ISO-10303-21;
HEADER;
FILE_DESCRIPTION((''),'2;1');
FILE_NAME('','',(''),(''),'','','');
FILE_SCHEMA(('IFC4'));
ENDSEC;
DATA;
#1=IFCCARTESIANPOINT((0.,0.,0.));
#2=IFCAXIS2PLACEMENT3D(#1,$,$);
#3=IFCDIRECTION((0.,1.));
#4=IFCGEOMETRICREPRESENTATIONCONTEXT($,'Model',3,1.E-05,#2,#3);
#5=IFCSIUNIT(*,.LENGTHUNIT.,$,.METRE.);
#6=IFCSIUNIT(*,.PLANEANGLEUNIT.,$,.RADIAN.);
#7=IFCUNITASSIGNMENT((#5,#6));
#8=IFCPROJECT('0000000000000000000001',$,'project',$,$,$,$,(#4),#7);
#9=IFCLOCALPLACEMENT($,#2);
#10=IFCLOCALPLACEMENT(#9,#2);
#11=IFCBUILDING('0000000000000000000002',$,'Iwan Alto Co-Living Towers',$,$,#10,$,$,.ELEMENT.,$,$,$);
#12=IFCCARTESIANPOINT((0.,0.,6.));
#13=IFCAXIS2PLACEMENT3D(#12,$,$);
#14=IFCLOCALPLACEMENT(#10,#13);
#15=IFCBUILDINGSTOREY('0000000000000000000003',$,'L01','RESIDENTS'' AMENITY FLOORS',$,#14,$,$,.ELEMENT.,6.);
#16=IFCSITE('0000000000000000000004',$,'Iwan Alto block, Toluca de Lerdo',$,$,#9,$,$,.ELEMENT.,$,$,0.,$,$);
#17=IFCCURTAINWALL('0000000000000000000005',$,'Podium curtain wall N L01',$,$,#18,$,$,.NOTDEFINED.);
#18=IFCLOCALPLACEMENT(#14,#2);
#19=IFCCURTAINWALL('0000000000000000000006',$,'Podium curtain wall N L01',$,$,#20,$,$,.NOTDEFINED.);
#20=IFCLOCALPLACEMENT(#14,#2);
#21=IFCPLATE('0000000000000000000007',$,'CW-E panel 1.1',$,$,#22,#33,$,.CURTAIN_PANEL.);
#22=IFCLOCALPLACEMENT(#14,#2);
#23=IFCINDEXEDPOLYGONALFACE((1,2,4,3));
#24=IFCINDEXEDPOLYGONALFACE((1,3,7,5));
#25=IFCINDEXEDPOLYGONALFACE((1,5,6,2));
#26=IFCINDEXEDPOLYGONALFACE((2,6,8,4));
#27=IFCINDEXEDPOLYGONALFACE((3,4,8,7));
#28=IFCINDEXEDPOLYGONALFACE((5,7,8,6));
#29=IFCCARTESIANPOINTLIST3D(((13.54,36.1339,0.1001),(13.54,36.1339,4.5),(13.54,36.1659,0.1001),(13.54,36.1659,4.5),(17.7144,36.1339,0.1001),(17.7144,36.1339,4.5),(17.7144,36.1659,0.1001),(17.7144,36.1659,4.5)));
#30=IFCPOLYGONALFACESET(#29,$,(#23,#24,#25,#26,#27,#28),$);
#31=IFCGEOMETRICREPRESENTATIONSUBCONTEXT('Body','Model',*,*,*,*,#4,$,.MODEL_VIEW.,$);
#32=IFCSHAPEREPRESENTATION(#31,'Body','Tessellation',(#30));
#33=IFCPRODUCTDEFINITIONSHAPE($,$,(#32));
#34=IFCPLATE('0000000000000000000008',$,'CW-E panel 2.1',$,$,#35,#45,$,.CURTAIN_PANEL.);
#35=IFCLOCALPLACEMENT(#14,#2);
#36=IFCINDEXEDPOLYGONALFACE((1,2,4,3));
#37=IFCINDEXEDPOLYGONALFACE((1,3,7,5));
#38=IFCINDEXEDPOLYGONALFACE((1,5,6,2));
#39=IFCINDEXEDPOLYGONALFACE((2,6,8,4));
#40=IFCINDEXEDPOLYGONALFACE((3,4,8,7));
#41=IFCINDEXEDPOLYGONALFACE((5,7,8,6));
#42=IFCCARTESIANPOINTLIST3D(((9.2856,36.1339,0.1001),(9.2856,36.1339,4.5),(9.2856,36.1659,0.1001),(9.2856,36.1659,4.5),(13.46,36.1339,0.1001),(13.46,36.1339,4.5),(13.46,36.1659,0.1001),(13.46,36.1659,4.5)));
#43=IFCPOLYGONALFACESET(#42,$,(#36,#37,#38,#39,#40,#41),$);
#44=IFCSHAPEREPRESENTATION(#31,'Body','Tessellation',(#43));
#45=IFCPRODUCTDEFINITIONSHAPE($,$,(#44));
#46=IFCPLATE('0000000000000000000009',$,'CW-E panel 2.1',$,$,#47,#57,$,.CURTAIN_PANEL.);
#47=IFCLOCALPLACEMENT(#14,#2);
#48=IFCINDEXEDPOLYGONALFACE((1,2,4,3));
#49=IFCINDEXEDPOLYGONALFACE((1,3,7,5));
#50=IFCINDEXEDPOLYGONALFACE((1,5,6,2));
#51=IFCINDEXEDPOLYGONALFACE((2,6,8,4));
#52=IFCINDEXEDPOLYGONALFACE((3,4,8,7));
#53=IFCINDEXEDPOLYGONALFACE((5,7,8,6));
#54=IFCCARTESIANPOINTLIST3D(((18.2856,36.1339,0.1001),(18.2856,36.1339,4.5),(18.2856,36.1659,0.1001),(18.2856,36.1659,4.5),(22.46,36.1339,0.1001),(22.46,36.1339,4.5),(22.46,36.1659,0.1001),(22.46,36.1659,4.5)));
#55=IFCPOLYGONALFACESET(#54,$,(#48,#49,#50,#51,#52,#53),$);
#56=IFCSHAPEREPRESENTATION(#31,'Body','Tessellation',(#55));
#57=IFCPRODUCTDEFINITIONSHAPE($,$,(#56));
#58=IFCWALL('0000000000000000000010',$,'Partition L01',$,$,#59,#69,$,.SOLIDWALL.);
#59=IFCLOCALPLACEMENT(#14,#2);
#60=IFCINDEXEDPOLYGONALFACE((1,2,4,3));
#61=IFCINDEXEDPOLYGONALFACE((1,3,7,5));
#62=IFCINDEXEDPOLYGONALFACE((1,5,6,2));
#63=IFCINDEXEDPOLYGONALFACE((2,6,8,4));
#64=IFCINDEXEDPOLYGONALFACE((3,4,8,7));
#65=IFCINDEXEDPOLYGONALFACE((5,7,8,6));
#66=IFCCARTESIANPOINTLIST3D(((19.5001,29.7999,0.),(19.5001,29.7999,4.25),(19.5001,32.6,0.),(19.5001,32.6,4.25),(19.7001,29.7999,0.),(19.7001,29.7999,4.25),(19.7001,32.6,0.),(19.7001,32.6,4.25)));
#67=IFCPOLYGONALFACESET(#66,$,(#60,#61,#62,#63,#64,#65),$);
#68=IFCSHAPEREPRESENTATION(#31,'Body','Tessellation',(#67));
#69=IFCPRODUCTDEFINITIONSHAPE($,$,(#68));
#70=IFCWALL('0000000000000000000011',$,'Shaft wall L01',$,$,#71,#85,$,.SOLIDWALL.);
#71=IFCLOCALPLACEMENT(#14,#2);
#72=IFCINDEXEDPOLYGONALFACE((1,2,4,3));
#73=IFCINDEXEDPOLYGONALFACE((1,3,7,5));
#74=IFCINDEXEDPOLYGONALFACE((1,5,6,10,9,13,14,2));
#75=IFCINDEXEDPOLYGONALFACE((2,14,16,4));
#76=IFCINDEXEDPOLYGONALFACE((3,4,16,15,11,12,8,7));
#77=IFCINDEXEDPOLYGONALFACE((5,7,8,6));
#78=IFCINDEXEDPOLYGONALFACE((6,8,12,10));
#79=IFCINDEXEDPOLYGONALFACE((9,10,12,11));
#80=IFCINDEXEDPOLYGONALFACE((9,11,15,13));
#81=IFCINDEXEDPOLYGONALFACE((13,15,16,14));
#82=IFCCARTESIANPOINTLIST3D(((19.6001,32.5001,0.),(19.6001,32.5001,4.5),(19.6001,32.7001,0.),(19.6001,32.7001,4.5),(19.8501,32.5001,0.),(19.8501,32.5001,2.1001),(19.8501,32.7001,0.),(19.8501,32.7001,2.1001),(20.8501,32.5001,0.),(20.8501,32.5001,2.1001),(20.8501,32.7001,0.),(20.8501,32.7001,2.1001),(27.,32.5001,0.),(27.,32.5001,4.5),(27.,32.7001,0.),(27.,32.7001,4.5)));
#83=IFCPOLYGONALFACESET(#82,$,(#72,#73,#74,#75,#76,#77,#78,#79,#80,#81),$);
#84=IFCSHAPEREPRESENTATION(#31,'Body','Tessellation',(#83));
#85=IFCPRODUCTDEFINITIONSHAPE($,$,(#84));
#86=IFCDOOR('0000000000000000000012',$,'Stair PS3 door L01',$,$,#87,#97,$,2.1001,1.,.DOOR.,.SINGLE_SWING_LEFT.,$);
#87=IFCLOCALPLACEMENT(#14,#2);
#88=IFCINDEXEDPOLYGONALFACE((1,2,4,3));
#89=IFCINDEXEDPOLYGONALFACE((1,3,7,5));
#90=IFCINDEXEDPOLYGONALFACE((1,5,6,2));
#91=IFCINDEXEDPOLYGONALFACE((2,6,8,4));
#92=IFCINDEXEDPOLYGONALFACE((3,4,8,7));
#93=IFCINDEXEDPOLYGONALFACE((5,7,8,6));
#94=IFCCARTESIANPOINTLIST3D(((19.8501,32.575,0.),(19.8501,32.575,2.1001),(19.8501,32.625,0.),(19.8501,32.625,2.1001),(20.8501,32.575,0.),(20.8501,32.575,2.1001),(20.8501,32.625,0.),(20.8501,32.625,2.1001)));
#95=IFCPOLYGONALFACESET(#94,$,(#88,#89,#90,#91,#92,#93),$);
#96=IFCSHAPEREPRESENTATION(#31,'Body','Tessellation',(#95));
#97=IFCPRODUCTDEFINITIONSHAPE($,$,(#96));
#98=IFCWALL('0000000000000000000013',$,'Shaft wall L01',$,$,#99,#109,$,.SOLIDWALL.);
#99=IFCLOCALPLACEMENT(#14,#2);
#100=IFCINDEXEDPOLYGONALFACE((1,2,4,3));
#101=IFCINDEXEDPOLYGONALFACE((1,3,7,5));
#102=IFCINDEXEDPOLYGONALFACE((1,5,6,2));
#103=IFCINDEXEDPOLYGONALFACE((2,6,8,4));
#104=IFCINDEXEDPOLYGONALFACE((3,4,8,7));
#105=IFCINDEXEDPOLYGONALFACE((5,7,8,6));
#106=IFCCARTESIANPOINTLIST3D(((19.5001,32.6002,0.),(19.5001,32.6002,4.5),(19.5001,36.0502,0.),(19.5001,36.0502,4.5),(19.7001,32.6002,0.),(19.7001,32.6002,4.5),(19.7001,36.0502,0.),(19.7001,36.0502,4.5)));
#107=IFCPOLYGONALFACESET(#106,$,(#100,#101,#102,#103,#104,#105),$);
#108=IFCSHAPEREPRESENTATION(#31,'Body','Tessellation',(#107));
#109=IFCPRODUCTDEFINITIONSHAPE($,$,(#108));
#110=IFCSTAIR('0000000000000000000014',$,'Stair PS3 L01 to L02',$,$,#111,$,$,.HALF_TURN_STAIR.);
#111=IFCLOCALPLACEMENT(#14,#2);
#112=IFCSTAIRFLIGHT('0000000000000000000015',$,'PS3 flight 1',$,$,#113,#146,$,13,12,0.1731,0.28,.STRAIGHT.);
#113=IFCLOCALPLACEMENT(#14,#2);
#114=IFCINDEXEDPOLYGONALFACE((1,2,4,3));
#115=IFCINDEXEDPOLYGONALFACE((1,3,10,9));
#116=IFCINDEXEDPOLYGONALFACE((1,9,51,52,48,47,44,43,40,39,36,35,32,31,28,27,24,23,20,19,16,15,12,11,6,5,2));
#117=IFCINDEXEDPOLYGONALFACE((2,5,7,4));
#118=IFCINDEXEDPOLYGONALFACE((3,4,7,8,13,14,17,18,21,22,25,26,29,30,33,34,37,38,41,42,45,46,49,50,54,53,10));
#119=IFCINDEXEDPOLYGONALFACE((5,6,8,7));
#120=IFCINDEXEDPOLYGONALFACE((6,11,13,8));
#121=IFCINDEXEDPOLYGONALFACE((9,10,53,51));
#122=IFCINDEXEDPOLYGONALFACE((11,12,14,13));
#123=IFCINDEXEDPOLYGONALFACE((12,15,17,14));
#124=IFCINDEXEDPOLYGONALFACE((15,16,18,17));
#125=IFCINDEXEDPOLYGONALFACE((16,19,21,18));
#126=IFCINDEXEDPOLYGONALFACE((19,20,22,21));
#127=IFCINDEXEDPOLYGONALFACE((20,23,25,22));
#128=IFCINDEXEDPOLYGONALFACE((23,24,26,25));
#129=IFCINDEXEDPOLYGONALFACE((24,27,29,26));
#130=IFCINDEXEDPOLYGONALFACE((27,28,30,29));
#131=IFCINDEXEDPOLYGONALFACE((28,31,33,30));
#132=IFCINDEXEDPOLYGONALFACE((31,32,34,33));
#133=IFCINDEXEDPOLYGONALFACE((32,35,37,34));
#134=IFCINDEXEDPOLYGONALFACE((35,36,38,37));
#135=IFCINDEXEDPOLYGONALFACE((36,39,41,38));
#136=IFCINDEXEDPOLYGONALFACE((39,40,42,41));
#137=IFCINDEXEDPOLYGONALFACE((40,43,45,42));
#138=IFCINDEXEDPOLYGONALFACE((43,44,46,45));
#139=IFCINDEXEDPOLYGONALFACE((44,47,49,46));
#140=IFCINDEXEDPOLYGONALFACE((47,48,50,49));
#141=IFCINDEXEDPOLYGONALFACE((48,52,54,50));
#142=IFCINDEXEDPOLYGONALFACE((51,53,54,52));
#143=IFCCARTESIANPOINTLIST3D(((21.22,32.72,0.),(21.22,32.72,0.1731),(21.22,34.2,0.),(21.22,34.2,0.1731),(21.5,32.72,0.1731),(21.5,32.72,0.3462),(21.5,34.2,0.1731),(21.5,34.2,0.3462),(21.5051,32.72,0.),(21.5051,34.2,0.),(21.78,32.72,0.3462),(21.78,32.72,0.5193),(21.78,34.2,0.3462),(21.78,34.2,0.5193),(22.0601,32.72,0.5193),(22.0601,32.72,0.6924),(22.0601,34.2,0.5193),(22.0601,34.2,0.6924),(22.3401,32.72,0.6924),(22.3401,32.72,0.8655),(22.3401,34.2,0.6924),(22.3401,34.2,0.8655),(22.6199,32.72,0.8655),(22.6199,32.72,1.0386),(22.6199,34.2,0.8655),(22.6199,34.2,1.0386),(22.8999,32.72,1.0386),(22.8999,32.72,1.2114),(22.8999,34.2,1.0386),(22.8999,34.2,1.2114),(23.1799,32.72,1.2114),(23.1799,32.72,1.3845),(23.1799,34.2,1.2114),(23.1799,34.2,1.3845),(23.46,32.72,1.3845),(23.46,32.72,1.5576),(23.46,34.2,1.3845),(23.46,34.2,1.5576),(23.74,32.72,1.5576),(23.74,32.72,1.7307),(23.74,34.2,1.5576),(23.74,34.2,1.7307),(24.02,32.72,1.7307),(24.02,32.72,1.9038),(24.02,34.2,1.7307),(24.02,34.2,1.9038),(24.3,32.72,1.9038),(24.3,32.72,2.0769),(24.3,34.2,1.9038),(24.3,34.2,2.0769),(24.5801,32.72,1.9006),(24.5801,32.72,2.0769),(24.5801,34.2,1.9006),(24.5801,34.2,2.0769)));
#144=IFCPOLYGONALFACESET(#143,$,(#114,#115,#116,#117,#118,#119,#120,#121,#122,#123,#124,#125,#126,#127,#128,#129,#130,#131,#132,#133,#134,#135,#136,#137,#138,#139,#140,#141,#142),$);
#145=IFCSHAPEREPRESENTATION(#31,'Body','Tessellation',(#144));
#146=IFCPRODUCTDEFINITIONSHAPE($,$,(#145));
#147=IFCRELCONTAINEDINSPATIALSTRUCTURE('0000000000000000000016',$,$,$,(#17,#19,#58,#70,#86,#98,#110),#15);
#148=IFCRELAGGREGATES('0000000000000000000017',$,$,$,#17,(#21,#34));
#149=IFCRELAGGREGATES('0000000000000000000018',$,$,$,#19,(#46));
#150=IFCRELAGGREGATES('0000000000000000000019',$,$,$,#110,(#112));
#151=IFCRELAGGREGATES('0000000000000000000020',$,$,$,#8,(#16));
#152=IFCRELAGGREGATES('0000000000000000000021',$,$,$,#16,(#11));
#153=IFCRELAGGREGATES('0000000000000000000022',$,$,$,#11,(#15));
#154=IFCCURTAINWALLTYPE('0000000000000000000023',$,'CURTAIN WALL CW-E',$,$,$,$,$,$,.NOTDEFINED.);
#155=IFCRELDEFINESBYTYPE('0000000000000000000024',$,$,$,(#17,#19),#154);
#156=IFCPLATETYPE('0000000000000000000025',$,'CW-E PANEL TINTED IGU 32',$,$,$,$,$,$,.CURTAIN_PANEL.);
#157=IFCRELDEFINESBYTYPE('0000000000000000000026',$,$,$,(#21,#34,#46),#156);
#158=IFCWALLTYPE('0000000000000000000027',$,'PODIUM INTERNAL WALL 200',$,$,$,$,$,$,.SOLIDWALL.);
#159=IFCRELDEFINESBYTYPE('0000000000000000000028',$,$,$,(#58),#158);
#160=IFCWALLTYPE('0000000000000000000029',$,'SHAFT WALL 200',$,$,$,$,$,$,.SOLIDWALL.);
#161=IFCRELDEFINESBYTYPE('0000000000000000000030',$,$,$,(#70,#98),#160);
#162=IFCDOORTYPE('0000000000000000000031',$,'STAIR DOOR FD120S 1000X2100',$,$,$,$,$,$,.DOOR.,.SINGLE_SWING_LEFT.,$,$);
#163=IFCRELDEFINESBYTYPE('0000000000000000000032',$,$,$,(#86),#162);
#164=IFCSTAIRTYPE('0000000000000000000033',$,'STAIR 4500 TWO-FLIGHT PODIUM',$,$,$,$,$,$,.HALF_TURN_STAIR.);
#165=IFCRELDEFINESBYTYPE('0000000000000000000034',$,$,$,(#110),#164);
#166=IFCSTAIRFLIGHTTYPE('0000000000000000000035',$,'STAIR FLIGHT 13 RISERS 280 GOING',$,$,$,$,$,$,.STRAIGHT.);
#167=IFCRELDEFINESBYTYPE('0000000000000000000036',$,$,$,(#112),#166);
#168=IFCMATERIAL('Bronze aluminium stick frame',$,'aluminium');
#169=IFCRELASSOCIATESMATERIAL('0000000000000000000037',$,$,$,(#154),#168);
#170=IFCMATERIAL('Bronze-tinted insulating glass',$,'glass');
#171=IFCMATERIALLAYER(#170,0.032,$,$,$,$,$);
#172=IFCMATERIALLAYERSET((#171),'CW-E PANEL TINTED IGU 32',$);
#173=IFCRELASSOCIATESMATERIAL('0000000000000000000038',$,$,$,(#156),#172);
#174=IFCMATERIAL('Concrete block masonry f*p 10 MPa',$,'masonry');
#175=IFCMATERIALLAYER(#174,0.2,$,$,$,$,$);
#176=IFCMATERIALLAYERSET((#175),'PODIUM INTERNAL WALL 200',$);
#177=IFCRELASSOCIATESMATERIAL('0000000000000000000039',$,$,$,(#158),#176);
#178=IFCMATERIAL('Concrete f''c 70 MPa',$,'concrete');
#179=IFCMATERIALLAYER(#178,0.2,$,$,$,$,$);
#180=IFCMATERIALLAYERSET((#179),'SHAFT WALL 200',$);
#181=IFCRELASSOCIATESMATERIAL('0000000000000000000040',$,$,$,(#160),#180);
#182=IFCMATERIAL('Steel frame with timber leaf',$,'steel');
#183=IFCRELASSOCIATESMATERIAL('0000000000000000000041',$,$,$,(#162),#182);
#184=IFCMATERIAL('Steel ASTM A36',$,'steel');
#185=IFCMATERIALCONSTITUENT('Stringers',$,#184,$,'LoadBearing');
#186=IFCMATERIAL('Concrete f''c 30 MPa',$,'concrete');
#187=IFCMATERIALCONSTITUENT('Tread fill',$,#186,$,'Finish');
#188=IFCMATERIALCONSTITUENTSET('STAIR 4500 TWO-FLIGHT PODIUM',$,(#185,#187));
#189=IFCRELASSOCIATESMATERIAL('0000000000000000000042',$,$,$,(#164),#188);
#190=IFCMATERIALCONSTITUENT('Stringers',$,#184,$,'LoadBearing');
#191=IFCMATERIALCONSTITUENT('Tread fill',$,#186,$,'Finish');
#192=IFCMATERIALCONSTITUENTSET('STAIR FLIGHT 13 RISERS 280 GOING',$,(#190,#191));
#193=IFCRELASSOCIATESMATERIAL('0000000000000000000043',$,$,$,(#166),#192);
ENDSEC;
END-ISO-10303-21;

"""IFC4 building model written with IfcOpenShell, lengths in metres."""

from ifc_helpers import new_model, si_unit, direction, frame, frame_2d, origin, origin_2d, place, context, subcontext, project, spatial, polyline, rectangle, outline, extrude, material, layer, layer_set, constituent, constituent_set, type_object, element, fill, aggregate, save


model = new_model("IFC4")

# Units and contexts
model_context = context("Model", 3, precision=1e-05, world=origin(), true_north=direction((0.0, 1.0)))
body_context = subcontext(model_context, "Body", "Model", "MODEL_VIEW")
ifc_project = project(units=[si_unit("LENGTHUNIT", "METRE"), si_unit("PLANEANGLEUNIT", "RADIAN")], contexts=[model_context])

# Site, building, storey
site_placement = place(None, origin())
site = spatial("IfcSite", under=ifc_project, at=site_placement, Name="Iwan Alto block, Toluca de Lerdo", CompositionType="ELEMENT", RefElevation=0.0)
building_placement = place(site_placement, origin())
building = spatial("IfcBuilding", under=site, at=building_placement, Name="Iwan Alto Co-Living Towers", CompositionType="ELEMENT")
storey_placement = place(building_placement, frame((0.0, 0.0, 6.0)))
storey = spatial("IfcBuildingStorey", under=building, at=storey_placement, Name="L01", Description="RESIDENTS' AMENITY FLOORS", CompositionType="ELEMENT", Elevation=6.0)

# Curtain walls
ifc_material_1 = material(Name="Bronze aluminium stick frame", Category="aluminium")
curtain_wall_type = type_object("IfcCurtainWallType", Name="CURTAIN WALL CW-E", PredefinedType="NOTDEFINED", material=ifc_material_1)
curtain_wall_1_placement = place(storey_placement, origin())
curtain_wall_1 = element("IfcCurtainWall", 1, at=curtain_wall_1_placement, inside=storey, type_object=curtain_wall_type, Name="Podium curtain wall N L01", PredefinedType="NOTDEFINED")
curtain_wall_2_placement = place(storey_placement, origin())
curtain_wall_2 = element("IfcCurtainWall", 2, at=curtain_wall_2_placement, inside=storey, type_object=curtain_wall_type, Name="Podium curtain wall N L01", PredefinedType="NOTDEFINED")

# Plates
ifc_material_2 = material(Name="Bronze-tinted insulating glass", Category="glass")
ifc_layer_1 = layer(ifc_material_2, 0.032)
ifc_layer_set_1 = layer_set([ifc_layer_1], Name="CW-E PANEL TINTED IGU 32")
plate_type = type_object("IfcPlateType", Name="CW-E PANEL TINTED IGU 32", PredefinedType="CURTAIN_PANEL", material=ifc_layer_set_1)
plate_1_placement = place(storey_placement, frame((15.6272, 36.1499, 0.1001), z_axis=(0.0, 0.0, 1.0), x_axis=(-1.0, 0.0, 0.0)))
plate_1 = element("IfcPlate", 3, at=plate_1_placement, type_object=plate_type, Name="CW-E panel 1.1", PredefinedType="CURTAIN_PANEL", context=body_context, shape_type="SweptSolid", body=[
    extrude(rectangle(XDim=4.1743, YDim=0.032, at=origin_2d()), origin(), (0.0, 0.0, 1.0), 4.3999),
])
plate_2_placement = place(storey_placement, frame((11.3728, 36.1499, 0.1001), z_axis=(0.0, 0.0, 1.0), x_axis=(-1.0, 0.0, 0.0)))
plate_2 = element("IfcPlate", 4, at=plate_2_placement, type_object=plate_type, Name="CW-E panel 2.1", PredefinedType="CURTAIN_PANEL", context=body_context, shape_type="SweptSolid", body=[
    extrude(rectangle(XDim=4.1743, YDim=0.032, at=origin_2d()), origin(), (0.0, 0.0, 1.0), 4.3999),
])
aggregate(curtain_wall_1, [plate_1, plate_2])
plate_3_placement = place(storey_placement, frame((20.3728, 36.1499, 0.1001), z_axis=(0.0, 0.0, 1.0), x_axis=(-1.0, 0.0, 0.0)))
plate_3 = element("IfcPlate", 5, at=plate_3_placement, type_object=plate_type, Name="CW-E panel 2.1", PredefinedType="CURTAIN_PANEL", context=body_context, shape_type="SweptSolid", body=[
    extrude(rectangle(XDim=4.1743, YDim=0.032, at=origin_2d()), origin(), (0.0, 0.0, 1.0), 4.3999),
])
aggregate(curtain_wall_2, [plate_3])

# Wall
ifc_material_3 = material(Name="Concrete block masonry f*p 10 MPa", Category="masonry")
ifc_layer_2 = layer(ifc_material_3, 0.2)
ifc_layer_set_2 = layer_set([ifc_layer_2], Name="PODIUM INTERNAL WALL 200")
wall_type_1 = type_object("IfcWallType", Name="PODIUM INTERNAL WALL 200", PredefinedType="SOLIDWALL", material=ifc_layer_set_2)
wall_1_placement = place(storey_placement, frame((19.6001, 29.8, 0.0), z_axis=(0.0, 0.0, 1.0), x_axis=(0.0, 1.0, 0.0)))
element("IfcWall", 6, at=wall_1_placement, inside=storey, type_object=wall_type_1, Name="Partition L01", PredefinedType="SOLIDWALL", context=body_context, shape_type="SweptSolid", body=[
    extrude(rectangle(XDim=2.8, YDim=0.2, at=frame_2d((1.3999, 0.0))), origin(), (0.0, 0.0, 1.0), 4.25),
])

# Wall, opening, door
ifc_material_4 = material(Name="Concrete f'c 70 MPa", Category="concrete")
ifc_layer_3 = layer(ifc_material_4, 0.2)
ifc_layer_set_3 = layer_set([ifc_layer_3], Name="SHAFT WALL 200")
wall_type_2 = type_object("IfcWallType", Name="SHAFT WALL 200", PredefinedType="SOLIDWALL", material=ifc_layer_set_3)
wall_2_placement = place(storey_placement, frame((19.6001, 32.6001, 0.0), z_axis=(0.0, 0.0, 1.0), x_axis=(1.0, 0.0, 0.0)))
wall_2 = element("IfcWall", 7, at=wall_2_placement, inside=storey, type_object=wall_type_2, Name="Shaft wall L01", PredefinedType="SOLIDWALL", context=body_context, shape_type="SweptSolid", body=[
    extrude(rectangle(XDim=7.3999, YDim=0.2, at=frame_2d((3.7, 0.0))), origin(), (0.0, 0.0, 1.0), 4.5),
])
opening_placement = place(wall_2_placement, frame((0.25, 0.0, 0.0)))
opening = element("IfcOpeningElement", 8, at=opening_placement, cuts=wall_2, PredefinedType="OPENING", context=body_context, shape_type="SweptSolid", body=[
    extrude(rectangle(XDim=1.0, YDim=2.1001, at=frame_2d((0.5, 1.05))), frame((0.0, 0.1099, 0.0), z_axis=(0.0, -1.0, 0.0), x_axis=(1.0, 0.0, 0.0)), (0.0, 0.0, 1.0), 0.22),
])
ifc_material_5 = material(Name="Steel frame with timber leaf", Category="steel")
door_type = type_object("IfcDoorType", Name="STAIR DOOR FD120S 1000X2100", OperationType="SINGLE_SWING_LEFT", PredefinedType="DOOR", material=ifc_material_5)
door_placement = place(opening_placement, origin())
door = element("IfcDoor", 9, at=door_placement, inside=storey, type_object=door_type, Name="Stair PS3 door L01", OperationType="SINGLE_SWING_LEFT", OverallHeight=2.1001, OverallWidth=1.0, PredefinedType="DOOR", context=body_context, shape_type="SweptSolid", body=[
    extrude(rectangle(XDim=1.0, YDim=2.1001, at=frame_2d((0.5, 1.05))), frame((0.0, 0.0249, 0.0), z_axis=(0.0, -1.0, 0.0), x_axis=(1.0, 0.0, 0.0)), (0.0, 0.0, 1.0), 0.05),
])
fill(opening, door)

# Wall
wall_3_placement = place(storey_placement, frame((19.6001, 32.6001, 0.0), z_axis=(0.0, 0.0, 1.0), x_axis=(0.0, 1.0, 0.0)))
element("IfcWall", 10, at=wall_3_placement, inside=storey, type_object=wall_type_2, Name="Shaft wall L01", PredefinedType="SOLIDWALL", context=body_context, shape_type="SweptSolid", body=[
    extrude(rectangle(XDim=3.45, YDim=0.2, at=frame_2d((1.7251, 0.0))), origin(), (0.0, 0.0, 1.0), 4.5),
])

# Stair, stair flight
ifc_material_6 = material(Name="Steel ASTM A36", Category="steel")
ifc_constituent_1 = constituent(ifc_material_6, Name="Stringers", Category="LoadBearing")
ifc_material_7 = material(Name="Concrete f'c 30 MPa", Category="concrete")
ifc_constituent_2 = constituent(ifc_material_7, Name="Tread fill", Category="Finish")
ifc_constituent_set_1 = constituent_set(constituents=[ifc_constituent_1, ifc_constituent_2], Name="STAIR 4500 TWO-FLIGHT PODIUM")
stair_type = type_object("IfcStairType", Name="STAIR 4500 TWO-FLIGHT PODIUM", PredefinedType="HALF_TURN_STAIR", material=ifc_constituent_set_1)
stair_placement = place(storey_placement, origin())
stair = element("IfcStair", 11, at=stair_placement, inside=storey, type_object=stair_type, Name="Stair PS3 L01 to L02", PredefinedType="HALF_TURN_STAIR")
ifc_constituent_3 = constituent(ifc_material_6, Name="Stringers", Category="LoadBearing")
ifc_constituent_4 = constituent(ifc_material_7, Name="Tread fill", Category="Finish")
ifc_constituent_set_2 = constituent_set(constituents=[ifc_constituent_3, ifc_constituent_4], Name="STAIR FLIGHT 13 RISERS 280 GOING")
stair_flight_type = type_object("IfcStairFlightType", Name="STAIR FLIGHT 13 RISERS 280 GOING", PredefinedType="STRAIGHT", material=ifc_constituent_set_2)
stair_flight_placement = place(storey_placement, frame((21.22, 33.46, 0.0), z_axis=(0.0, 0.0, 1.0), x_axis=(1.0, 0.0, 0.0)))
stair_flight = element("IfcStairFlight", 12, at=stair_flight_placement, type_object=stair_flight_type, Name="PS3 flight 1", NumberOfRisers=13, NumberOfTreads=12, PredefinedType="STRAIGHT", RiserHeight=0.1731, TreadLength=0.28, context=body_context, shape_type="SweptSolid", body=[
    extrude(outline(polyline([(0.0, 0.0), (0.0, 0.1731), (0.28, 0.1731), (0.28, 0.3462), (0.5601, 0.3462), (0.5601, 0.5193), (0.8401, 0.5193), (0.8401, 0.6924), (1.1201, 0.6924), (1.1201, 0.8655), (1.3999, 0.8655), (1.3999, 1.0386), (1.6799, 1.0386), (1.6799, 1.2114), (1.96, 1.2114), (1.96, 1.3845), (2.24, 1.3845), (2.24, 1.5576), (2.52, 1.5576), (2.52, 1.7307), (2.8, 1.7307), (2.8, 1.9038), (3.0801, 1.9038), (3.0801, 2.0769), (3.3601, 2.0769), (3.3601, 2.25), (3.3601, 1.9006), (0.2852, 0.0), (0.0, 0.0)])), frame((0.0, 0.74, 0.0), z_axis=(0.0, -1.0, 0.0), x_axis=(1.0, 0.0, 0.0)), (0.0, 0.0, 1.0), 1.48),
])
aggregate(stair, [stair_flight])

save(model, "model.ifc")
